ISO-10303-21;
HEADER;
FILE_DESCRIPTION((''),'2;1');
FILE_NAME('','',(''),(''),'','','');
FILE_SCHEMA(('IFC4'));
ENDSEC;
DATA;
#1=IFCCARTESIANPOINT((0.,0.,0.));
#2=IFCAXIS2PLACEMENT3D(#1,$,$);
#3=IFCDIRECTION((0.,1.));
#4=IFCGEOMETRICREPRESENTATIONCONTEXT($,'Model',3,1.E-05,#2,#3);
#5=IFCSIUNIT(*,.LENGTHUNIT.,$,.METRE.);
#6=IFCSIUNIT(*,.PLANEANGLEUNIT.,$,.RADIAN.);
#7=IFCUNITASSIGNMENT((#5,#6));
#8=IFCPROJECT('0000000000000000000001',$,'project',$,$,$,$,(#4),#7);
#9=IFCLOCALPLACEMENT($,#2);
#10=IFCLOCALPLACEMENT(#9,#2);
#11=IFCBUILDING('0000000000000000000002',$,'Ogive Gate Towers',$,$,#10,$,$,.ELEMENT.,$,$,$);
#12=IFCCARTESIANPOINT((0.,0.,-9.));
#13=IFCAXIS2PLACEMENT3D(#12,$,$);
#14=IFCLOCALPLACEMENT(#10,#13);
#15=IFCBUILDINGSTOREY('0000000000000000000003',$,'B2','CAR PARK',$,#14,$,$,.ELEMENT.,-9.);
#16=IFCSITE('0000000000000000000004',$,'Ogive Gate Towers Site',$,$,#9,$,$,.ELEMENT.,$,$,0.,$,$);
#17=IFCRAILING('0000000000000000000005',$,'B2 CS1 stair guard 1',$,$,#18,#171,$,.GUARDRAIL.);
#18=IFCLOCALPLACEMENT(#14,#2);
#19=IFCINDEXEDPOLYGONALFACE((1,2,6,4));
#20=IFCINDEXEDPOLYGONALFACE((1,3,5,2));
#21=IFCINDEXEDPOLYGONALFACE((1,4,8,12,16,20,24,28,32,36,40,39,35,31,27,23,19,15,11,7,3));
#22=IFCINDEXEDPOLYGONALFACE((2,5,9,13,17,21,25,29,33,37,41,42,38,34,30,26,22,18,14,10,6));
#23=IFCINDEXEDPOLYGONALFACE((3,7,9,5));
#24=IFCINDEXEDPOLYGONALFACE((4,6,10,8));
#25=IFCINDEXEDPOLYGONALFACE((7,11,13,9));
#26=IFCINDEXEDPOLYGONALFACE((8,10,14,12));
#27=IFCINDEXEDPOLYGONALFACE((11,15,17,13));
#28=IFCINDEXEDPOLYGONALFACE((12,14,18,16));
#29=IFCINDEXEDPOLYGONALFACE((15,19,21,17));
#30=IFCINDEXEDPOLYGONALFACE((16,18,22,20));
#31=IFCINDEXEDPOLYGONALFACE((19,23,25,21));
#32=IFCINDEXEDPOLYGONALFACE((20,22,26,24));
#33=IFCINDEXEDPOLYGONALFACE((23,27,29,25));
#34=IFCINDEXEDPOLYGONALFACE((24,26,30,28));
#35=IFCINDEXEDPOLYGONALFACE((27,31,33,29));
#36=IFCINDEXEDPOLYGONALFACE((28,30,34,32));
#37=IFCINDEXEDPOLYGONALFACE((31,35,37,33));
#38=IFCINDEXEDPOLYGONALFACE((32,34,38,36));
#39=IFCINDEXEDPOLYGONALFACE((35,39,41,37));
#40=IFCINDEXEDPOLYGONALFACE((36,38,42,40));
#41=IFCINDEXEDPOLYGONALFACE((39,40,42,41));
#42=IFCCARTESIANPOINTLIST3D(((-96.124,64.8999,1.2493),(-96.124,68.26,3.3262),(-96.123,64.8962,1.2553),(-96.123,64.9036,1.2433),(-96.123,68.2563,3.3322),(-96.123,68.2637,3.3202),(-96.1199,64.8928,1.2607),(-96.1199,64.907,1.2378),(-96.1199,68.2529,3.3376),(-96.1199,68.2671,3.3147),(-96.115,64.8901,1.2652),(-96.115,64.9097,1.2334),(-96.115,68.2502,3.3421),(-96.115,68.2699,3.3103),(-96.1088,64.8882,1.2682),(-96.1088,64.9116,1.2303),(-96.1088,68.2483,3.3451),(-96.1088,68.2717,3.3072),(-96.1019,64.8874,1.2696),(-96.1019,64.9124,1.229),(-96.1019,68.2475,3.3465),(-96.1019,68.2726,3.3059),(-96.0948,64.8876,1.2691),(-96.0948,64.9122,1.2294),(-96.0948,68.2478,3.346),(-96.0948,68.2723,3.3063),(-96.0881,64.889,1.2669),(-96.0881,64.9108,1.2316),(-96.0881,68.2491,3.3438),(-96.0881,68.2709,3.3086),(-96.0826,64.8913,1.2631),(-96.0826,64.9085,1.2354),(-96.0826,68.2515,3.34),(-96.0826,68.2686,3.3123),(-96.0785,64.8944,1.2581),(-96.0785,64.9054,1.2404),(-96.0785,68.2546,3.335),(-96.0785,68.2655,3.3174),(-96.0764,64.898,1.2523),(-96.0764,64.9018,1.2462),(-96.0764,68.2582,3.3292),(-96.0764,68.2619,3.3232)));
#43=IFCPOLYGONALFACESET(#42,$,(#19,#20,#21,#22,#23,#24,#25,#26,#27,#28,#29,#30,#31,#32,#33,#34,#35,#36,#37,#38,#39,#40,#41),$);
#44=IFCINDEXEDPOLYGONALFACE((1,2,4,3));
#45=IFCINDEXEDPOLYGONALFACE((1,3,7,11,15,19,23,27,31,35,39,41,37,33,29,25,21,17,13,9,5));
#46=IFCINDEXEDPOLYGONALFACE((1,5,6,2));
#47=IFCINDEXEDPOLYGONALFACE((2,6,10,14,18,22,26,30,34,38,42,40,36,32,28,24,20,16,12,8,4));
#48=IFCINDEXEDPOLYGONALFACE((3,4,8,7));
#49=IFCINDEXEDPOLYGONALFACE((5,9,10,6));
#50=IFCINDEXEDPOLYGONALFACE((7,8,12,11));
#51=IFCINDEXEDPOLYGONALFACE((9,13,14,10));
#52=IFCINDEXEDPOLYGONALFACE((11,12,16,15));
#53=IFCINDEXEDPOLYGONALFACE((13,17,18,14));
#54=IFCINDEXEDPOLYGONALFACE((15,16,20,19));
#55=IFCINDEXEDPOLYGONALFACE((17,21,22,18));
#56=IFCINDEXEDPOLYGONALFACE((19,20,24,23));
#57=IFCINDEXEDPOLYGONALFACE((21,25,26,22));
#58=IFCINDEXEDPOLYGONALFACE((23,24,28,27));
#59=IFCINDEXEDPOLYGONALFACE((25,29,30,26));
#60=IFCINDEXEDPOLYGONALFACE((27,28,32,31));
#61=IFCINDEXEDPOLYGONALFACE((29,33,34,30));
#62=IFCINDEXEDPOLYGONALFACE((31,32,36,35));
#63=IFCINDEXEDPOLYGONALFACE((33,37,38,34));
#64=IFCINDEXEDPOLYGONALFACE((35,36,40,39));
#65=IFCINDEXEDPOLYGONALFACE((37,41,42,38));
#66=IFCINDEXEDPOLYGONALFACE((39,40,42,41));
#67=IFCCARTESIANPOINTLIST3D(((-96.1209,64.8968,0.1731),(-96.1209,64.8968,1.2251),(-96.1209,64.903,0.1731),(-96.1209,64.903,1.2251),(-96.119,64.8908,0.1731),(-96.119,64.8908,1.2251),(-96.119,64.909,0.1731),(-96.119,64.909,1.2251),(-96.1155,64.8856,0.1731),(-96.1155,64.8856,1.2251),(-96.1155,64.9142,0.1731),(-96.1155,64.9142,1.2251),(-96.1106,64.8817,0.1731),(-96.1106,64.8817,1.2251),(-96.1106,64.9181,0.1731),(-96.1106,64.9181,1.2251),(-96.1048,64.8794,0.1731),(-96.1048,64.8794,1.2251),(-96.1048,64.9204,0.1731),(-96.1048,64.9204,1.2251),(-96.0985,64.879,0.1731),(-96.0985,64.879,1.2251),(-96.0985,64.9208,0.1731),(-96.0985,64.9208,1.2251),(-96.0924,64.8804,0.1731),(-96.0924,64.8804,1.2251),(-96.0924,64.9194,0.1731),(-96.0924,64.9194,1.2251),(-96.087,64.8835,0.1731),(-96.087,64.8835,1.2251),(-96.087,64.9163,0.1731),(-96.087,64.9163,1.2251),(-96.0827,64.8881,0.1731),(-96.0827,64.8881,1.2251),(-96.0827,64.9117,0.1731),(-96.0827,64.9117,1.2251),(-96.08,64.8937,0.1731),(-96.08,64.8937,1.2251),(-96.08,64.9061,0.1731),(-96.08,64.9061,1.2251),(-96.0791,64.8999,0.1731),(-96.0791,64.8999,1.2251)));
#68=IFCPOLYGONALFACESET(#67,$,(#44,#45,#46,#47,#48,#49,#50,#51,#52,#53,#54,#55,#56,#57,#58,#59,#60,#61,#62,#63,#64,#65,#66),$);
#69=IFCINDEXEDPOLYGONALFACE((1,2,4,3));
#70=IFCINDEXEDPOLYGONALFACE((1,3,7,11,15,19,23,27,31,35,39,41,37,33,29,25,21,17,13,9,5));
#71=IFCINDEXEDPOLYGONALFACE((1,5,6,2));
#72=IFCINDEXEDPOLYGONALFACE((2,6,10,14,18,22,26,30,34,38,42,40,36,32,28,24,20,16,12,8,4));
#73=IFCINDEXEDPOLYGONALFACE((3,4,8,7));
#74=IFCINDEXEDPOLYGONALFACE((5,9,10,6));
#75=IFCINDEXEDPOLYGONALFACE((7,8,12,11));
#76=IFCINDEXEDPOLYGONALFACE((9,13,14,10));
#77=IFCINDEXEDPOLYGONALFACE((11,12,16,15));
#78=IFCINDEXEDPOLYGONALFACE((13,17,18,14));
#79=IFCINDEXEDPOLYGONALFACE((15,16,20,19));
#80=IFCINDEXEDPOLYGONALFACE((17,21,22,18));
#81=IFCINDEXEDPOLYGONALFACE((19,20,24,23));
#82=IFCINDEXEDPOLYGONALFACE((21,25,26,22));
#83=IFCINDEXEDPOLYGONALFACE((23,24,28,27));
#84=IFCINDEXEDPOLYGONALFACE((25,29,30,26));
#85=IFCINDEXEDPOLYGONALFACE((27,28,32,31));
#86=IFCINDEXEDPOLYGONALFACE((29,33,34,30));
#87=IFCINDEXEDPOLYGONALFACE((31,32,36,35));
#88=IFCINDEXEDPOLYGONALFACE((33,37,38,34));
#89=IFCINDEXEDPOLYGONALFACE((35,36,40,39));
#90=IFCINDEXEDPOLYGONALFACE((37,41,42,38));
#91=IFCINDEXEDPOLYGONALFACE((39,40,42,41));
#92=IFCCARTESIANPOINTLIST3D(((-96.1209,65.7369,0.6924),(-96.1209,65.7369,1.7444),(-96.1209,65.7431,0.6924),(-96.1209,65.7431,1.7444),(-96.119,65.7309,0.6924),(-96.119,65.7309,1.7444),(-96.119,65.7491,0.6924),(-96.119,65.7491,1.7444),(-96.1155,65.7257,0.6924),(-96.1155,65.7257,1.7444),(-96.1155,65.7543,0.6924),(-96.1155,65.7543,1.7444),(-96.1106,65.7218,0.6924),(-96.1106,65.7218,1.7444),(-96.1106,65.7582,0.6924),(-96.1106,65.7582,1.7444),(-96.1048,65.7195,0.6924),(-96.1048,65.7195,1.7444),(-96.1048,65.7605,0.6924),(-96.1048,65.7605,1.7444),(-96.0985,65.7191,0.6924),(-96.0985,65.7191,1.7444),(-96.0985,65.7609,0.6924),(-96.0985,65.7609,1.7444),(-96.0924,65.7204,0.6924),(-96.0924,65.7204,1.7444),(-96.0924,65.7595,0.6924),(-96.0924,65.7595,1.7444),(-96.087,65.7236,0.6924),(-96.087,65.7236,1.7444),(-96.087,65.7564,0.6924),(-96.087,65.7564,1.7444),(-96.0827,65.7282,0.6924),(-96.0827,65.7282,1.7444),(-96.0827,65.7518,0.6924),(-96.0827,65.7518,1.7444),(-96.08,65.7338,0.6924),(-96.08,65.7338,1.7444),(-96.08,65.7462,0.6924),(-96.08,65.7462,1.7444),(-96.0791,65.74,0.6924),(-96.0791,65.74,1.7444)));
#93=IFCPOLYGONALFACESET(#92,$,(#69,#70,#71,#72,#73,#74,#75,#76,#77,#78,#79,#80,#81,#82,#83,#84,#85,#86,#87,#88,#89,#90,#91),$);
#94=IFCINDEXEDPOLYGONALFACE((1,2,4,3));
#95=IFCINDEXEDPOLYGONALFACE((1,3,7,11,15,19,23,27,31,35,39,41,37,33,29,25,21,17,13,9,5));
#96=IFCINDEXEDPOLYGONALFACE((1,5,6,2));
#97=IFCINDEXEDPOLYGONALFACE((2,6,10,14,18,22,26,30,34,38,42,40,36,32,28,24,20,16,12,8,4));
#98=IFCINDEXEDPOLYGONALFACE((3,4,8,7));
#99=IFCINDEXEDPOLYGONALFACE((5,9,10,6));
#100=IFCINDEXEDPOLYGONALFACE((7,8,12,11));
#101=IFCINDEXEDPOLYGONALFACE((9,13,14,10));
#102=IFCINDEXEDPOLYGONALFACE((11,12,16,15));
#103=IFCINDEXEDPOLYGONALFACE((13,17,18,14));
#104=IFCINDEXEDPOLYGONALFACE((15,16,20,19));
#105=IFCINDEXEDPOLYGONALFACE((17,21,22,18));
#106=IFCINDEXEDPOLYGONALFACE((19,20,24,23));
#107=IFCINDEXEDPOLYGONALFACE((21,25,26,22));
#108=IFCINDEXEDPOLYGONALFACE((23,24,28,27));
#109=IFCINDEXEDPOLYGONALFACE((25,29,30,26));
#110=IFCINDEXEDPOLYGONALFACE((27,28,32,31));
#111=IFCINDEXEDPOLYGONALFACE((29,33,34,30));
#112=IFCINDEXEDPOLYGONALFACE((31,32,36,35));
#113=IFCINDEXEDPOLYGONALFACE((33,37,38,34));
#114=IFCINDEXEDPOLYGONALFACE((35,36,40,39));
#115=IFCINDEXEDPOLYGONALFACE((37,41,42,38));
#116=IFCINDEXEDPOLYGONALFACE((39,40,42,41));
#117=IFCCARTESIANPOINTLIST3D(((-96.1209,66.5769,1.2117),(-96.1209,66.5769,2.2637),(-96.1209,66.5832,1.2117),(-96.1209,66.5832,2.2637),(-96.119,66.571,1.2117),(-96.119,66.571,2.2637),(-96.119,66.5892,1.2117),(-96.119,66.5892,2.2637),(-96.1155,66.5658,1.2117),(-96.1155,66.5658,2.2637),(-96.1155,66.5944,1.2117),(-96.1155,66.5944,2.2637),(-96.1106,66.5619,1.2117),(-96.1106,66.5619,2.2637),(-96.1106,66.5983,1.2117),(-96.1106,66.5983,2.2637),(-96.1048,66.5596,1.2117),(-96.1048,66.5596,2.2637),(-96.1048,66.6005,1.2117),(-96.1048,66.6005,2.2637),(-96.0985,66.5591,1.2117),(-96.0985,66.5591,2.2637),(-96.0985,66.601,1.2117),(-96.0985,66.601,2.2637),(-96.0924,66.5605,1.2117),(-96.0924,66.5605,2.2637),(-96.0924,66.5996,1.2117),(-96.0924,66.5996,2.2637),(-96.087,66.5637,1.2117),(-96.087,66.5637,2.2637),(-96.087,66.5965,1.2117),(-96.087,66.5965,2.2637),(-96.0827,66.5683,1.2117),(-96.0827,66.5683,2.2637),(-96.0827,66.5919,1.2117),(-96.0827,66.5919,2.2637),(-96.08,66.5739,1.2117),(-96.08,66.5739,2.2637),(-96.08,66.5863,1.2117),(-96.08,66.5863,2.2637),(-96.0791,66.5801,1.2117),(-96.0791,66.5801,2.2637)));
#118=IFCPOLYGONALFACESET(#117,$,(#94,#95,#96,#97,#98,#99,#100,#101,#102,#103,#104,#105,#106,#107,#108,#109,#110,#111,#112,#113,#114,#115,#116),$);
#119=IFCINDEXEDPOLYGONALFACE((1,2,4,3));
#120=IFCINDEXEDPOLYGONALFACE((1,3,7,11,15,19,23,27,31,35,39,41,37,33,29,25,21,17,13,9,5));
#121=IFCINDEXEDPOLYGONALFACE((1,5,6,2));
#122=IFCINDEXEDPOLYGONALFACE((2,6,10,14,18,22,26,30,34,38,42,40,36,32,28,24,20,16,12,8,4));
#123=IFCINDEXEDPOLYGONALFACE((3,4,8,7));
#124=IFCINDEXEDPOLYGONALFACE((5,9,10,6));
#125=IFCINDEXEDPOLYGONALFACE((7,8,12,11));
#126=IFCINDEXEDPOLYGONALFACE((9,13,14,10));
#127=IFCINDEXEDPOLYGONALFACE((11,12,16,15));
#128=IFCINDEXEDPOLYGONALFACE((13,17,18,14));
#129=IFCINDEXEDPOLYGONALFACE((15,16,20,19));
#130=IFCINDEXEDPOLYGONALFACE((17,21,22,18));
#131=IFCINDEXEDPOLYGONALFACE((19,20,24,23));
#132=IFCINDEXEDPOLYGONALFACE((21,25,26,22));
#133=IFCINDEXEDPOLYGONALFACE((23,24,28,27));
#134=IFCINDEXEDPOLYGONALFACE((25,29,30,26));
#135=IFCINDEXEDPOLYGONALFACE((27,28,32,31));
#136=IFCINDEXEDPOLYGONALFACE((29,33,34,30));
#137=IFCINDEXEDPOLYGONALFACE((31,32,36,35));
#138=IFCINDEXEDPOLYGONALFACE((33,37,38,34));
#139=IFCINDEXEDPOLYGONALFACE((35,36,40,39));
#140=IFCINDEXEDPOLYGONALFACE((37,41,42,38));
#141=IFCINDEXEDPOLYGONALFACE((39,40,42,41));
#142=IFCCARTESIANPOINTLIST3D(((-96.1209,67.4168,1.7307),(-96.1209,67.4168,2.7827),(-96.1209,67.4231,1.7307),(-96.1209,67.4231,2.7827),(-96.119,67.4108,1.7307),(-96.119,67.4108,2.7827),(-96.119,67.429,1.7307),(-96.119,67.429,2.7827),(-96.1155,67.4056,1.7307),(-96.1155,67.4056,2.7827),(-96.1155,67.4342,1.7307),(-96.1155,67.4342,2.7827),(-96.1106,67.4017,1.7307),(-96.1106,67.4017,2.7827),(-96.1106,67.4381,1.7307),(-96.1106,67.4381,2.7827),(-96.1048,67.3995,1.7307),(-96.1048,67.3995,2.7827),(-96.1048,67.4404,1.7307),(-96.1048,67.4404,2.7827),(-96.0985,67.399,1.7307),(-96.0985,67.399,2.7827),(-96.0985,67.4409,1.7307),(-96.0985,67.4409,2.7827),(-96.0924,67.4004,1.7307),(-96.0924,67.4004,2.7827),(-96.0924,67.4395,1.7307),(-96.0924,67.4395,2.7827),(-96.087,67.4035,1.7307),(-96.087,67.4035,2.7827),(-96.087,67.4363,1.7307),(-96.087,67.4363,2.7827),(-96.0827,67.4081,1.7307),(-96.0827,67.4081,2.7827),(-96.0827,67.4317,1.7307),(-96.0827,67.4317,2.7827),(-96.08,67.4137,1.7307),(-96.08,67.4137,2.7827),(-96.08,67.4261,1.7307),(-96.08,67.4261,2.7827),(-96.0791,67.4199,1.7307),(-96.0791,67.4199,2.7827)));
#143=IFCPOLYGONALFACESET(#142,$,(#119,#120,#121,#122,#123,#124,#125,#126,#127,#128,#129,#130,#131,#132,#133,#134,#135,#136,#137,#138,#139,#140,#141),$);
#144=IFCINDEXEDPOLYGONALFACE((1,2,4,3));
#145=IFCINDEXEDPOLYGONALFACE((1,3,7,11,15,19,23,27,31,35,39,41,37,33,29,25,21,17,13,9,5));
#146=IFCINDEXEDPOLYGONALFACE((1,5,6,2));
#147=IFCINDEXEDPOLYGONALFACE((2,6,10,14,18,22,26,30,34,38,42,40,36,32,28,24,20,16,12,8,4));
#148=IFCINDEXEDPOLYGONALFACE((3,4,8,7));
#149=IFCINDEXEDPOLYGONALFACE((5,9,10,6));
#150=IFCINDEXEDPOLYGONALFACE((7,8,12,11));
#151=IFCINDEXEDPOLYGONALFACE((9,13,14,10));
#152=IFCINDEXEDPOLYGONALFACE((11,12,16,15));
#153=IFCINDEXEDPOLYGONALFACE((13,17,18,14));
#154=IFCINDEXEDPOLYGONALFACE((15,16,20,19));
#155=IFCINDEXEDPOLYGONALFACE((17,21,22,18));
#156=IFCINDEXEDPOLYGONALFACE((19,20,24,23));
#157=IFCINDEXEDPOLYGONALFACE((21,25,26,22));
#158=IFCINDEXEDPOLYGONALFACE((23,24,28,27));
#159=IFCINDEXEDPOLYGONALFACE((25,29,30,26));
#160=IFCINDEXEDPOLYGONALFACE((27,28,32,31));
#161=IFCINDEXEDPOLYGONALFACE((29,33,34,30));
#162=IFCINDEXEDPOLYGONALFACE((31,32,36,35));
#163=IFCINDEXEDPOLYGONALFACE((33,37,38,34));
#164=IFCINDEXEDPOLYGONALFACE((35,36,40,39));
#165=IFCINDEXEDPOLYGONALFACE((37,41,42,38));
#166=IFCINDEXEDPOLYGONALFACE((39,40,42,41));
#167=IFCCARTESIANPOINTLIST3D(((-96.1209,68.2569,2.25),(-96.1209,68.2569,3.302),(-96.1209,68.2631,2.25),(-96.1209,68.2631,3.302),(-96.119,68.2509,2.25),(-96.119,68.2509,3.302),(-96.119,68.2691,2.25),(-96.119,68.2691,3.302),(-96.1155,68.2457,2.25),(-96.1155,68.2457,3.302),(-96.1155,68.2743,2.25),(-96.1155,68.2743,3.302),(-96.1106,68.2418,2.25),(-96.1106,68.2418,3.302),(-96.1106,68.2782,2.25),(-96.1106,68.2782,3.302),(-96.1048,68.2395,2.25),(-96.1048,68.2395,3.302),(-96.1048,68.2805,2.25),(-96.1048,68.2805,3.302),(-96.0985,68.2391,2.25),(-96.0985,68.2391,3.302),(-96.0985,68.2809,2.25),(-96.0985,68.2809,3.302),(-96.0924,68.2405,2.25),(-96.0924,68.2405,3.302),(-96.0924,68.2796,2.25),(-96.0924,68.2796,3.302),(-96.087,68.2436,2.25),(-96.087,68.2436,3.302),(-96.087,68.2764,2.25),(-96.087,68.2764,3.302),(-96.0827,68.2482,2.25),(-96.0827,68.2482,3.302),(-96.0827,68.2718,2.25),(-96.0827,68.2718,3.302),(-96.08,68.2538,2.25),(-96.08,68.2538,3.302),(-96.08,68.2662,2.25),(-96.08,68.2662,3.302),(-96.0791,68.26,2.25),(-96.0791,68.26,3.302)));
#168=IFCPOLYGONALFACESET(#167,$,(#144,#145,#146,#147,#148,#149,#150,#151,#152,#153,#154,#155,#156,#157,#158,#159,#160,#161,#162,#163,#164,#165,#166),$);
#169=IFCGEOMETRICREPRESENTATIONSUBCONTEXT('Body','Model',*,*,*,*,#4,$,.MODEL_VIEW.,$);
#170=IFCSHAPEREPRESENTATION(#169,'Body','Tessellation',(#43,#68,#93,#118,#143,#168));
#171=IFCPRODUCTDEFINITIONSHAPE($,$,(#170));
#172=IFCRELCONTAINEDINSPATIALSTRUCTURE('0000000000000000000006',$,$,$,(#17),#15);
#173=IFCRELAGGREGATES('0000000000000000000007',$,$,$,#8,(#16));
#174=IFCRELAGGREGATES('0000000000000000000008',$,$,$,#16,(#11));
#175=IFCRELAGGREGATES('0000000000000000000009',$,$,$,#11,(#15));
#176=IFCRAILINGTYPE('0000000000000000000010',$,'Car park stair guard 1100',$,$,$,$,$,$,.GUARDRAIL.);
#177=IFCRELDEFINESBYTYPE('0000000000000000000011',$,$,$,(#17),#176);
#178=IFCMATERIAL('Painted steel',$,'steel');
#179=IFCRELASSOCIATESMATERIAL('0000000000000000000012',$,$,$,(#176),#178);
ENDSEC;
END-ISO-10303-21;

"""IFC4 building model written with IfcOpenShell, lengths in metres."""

from ifc_helpers import new_model, si_unit, direction, frame, origin, origin_2d, place, context, subcontext, project, spatial, circle, extrude, material, type_object, element, save


model = new_model("IFC4")

# Units and contexts
model_context = context("Model", 3, precision=1e-05, world=origin(), true_north=direction((0.0, 1.0)))
body_context = subcontext(model_context, "Body", "Model", "MODEL_VIEW")
ifc_project = project(units=[si_unit("LENGTHUNIT", "METRE"), si_unit("PLANEANGLEUNIT", "RADIAN")], contexts=[model_context])

# Site, building, storey
site_placement = place(None, origin())
site = spatial("IfcSite", under=ifc_project, at=site_placement, Name="Ogive Gate Towers Site", CompositionType="ELEMENT", RefElevation=0.0)
building_placement = place(site_placement, origin())
building = spatial("IfcBuilding", under=site, at=building_placement, Name="Ogive Gate Towers", CompositionType="ELEMENT")
storey_placement = place(building_placement, frame((0.0, 0.0, -9.0)))
storey = spatial("IfcBuildingStorey", under=building, at=storey_placement, Name="B2", Description="CAR PARK", CompositionType="ELEMENT", Elevation=-9.0)

# Railing
ifc_material_1 = material(Name="Painted steel", Category="steel")
railing_type_1 = type_object("IfcRailingType", Name="Car park stair guard 1100", PredefinedType="GUARDRAIL", material=ifc_material_1)
railing_1_placement = place(storey_placement, frame((-96.1001, 64.8999, 0.1731)))
element("IfcRailing", 1, at=railing_1_placement, inside=storey, type_object=railing_type_1, Name="B2 CS1 stair guard 1", PredefinedType="GUARDRAIL", context=body_context, shape_type="SweptSolid", body=[
    extrude(circle(Radius=0.0239, at=origin_2d()), frame((0.0, 0.0, 1.0762), z_axis=(0.0, 0.850623, 0.525776), x_axis=(-1.0, 0.0, 0.0)), (0.0, 0.0, 1.0), 3.9502),
    extrude(circle(Radius=0.021, at=origin_2d()), origin(), (0.0, 0.0, 1.0), 1.052),
    extrude(circle(Radius=0.021, at=origin_2d()), frame((0.0, 0.8401, 0.5193)), (0.0, 0.0, 1.0), 1.052),
    extrude(circle(Radius=0.021, at=origin_2d()), frame((0.0, 1.6802, 1.0386)), (0.0, 0.0, 1.0), 1.052),
    extrude(circle(Radius=0.021, at=origin_2d()), frame((0.0, 2.52, 1.5576)), (0.0, 0.0, 1.0), 1.052),
    extrude(circle(Radius=0.021, at=origin_2d()), frame((0.0, 3.3601, 2.0769)), (0.0, 0.0, 1.0), 1.052),
])

save(model, "model.ifc")
